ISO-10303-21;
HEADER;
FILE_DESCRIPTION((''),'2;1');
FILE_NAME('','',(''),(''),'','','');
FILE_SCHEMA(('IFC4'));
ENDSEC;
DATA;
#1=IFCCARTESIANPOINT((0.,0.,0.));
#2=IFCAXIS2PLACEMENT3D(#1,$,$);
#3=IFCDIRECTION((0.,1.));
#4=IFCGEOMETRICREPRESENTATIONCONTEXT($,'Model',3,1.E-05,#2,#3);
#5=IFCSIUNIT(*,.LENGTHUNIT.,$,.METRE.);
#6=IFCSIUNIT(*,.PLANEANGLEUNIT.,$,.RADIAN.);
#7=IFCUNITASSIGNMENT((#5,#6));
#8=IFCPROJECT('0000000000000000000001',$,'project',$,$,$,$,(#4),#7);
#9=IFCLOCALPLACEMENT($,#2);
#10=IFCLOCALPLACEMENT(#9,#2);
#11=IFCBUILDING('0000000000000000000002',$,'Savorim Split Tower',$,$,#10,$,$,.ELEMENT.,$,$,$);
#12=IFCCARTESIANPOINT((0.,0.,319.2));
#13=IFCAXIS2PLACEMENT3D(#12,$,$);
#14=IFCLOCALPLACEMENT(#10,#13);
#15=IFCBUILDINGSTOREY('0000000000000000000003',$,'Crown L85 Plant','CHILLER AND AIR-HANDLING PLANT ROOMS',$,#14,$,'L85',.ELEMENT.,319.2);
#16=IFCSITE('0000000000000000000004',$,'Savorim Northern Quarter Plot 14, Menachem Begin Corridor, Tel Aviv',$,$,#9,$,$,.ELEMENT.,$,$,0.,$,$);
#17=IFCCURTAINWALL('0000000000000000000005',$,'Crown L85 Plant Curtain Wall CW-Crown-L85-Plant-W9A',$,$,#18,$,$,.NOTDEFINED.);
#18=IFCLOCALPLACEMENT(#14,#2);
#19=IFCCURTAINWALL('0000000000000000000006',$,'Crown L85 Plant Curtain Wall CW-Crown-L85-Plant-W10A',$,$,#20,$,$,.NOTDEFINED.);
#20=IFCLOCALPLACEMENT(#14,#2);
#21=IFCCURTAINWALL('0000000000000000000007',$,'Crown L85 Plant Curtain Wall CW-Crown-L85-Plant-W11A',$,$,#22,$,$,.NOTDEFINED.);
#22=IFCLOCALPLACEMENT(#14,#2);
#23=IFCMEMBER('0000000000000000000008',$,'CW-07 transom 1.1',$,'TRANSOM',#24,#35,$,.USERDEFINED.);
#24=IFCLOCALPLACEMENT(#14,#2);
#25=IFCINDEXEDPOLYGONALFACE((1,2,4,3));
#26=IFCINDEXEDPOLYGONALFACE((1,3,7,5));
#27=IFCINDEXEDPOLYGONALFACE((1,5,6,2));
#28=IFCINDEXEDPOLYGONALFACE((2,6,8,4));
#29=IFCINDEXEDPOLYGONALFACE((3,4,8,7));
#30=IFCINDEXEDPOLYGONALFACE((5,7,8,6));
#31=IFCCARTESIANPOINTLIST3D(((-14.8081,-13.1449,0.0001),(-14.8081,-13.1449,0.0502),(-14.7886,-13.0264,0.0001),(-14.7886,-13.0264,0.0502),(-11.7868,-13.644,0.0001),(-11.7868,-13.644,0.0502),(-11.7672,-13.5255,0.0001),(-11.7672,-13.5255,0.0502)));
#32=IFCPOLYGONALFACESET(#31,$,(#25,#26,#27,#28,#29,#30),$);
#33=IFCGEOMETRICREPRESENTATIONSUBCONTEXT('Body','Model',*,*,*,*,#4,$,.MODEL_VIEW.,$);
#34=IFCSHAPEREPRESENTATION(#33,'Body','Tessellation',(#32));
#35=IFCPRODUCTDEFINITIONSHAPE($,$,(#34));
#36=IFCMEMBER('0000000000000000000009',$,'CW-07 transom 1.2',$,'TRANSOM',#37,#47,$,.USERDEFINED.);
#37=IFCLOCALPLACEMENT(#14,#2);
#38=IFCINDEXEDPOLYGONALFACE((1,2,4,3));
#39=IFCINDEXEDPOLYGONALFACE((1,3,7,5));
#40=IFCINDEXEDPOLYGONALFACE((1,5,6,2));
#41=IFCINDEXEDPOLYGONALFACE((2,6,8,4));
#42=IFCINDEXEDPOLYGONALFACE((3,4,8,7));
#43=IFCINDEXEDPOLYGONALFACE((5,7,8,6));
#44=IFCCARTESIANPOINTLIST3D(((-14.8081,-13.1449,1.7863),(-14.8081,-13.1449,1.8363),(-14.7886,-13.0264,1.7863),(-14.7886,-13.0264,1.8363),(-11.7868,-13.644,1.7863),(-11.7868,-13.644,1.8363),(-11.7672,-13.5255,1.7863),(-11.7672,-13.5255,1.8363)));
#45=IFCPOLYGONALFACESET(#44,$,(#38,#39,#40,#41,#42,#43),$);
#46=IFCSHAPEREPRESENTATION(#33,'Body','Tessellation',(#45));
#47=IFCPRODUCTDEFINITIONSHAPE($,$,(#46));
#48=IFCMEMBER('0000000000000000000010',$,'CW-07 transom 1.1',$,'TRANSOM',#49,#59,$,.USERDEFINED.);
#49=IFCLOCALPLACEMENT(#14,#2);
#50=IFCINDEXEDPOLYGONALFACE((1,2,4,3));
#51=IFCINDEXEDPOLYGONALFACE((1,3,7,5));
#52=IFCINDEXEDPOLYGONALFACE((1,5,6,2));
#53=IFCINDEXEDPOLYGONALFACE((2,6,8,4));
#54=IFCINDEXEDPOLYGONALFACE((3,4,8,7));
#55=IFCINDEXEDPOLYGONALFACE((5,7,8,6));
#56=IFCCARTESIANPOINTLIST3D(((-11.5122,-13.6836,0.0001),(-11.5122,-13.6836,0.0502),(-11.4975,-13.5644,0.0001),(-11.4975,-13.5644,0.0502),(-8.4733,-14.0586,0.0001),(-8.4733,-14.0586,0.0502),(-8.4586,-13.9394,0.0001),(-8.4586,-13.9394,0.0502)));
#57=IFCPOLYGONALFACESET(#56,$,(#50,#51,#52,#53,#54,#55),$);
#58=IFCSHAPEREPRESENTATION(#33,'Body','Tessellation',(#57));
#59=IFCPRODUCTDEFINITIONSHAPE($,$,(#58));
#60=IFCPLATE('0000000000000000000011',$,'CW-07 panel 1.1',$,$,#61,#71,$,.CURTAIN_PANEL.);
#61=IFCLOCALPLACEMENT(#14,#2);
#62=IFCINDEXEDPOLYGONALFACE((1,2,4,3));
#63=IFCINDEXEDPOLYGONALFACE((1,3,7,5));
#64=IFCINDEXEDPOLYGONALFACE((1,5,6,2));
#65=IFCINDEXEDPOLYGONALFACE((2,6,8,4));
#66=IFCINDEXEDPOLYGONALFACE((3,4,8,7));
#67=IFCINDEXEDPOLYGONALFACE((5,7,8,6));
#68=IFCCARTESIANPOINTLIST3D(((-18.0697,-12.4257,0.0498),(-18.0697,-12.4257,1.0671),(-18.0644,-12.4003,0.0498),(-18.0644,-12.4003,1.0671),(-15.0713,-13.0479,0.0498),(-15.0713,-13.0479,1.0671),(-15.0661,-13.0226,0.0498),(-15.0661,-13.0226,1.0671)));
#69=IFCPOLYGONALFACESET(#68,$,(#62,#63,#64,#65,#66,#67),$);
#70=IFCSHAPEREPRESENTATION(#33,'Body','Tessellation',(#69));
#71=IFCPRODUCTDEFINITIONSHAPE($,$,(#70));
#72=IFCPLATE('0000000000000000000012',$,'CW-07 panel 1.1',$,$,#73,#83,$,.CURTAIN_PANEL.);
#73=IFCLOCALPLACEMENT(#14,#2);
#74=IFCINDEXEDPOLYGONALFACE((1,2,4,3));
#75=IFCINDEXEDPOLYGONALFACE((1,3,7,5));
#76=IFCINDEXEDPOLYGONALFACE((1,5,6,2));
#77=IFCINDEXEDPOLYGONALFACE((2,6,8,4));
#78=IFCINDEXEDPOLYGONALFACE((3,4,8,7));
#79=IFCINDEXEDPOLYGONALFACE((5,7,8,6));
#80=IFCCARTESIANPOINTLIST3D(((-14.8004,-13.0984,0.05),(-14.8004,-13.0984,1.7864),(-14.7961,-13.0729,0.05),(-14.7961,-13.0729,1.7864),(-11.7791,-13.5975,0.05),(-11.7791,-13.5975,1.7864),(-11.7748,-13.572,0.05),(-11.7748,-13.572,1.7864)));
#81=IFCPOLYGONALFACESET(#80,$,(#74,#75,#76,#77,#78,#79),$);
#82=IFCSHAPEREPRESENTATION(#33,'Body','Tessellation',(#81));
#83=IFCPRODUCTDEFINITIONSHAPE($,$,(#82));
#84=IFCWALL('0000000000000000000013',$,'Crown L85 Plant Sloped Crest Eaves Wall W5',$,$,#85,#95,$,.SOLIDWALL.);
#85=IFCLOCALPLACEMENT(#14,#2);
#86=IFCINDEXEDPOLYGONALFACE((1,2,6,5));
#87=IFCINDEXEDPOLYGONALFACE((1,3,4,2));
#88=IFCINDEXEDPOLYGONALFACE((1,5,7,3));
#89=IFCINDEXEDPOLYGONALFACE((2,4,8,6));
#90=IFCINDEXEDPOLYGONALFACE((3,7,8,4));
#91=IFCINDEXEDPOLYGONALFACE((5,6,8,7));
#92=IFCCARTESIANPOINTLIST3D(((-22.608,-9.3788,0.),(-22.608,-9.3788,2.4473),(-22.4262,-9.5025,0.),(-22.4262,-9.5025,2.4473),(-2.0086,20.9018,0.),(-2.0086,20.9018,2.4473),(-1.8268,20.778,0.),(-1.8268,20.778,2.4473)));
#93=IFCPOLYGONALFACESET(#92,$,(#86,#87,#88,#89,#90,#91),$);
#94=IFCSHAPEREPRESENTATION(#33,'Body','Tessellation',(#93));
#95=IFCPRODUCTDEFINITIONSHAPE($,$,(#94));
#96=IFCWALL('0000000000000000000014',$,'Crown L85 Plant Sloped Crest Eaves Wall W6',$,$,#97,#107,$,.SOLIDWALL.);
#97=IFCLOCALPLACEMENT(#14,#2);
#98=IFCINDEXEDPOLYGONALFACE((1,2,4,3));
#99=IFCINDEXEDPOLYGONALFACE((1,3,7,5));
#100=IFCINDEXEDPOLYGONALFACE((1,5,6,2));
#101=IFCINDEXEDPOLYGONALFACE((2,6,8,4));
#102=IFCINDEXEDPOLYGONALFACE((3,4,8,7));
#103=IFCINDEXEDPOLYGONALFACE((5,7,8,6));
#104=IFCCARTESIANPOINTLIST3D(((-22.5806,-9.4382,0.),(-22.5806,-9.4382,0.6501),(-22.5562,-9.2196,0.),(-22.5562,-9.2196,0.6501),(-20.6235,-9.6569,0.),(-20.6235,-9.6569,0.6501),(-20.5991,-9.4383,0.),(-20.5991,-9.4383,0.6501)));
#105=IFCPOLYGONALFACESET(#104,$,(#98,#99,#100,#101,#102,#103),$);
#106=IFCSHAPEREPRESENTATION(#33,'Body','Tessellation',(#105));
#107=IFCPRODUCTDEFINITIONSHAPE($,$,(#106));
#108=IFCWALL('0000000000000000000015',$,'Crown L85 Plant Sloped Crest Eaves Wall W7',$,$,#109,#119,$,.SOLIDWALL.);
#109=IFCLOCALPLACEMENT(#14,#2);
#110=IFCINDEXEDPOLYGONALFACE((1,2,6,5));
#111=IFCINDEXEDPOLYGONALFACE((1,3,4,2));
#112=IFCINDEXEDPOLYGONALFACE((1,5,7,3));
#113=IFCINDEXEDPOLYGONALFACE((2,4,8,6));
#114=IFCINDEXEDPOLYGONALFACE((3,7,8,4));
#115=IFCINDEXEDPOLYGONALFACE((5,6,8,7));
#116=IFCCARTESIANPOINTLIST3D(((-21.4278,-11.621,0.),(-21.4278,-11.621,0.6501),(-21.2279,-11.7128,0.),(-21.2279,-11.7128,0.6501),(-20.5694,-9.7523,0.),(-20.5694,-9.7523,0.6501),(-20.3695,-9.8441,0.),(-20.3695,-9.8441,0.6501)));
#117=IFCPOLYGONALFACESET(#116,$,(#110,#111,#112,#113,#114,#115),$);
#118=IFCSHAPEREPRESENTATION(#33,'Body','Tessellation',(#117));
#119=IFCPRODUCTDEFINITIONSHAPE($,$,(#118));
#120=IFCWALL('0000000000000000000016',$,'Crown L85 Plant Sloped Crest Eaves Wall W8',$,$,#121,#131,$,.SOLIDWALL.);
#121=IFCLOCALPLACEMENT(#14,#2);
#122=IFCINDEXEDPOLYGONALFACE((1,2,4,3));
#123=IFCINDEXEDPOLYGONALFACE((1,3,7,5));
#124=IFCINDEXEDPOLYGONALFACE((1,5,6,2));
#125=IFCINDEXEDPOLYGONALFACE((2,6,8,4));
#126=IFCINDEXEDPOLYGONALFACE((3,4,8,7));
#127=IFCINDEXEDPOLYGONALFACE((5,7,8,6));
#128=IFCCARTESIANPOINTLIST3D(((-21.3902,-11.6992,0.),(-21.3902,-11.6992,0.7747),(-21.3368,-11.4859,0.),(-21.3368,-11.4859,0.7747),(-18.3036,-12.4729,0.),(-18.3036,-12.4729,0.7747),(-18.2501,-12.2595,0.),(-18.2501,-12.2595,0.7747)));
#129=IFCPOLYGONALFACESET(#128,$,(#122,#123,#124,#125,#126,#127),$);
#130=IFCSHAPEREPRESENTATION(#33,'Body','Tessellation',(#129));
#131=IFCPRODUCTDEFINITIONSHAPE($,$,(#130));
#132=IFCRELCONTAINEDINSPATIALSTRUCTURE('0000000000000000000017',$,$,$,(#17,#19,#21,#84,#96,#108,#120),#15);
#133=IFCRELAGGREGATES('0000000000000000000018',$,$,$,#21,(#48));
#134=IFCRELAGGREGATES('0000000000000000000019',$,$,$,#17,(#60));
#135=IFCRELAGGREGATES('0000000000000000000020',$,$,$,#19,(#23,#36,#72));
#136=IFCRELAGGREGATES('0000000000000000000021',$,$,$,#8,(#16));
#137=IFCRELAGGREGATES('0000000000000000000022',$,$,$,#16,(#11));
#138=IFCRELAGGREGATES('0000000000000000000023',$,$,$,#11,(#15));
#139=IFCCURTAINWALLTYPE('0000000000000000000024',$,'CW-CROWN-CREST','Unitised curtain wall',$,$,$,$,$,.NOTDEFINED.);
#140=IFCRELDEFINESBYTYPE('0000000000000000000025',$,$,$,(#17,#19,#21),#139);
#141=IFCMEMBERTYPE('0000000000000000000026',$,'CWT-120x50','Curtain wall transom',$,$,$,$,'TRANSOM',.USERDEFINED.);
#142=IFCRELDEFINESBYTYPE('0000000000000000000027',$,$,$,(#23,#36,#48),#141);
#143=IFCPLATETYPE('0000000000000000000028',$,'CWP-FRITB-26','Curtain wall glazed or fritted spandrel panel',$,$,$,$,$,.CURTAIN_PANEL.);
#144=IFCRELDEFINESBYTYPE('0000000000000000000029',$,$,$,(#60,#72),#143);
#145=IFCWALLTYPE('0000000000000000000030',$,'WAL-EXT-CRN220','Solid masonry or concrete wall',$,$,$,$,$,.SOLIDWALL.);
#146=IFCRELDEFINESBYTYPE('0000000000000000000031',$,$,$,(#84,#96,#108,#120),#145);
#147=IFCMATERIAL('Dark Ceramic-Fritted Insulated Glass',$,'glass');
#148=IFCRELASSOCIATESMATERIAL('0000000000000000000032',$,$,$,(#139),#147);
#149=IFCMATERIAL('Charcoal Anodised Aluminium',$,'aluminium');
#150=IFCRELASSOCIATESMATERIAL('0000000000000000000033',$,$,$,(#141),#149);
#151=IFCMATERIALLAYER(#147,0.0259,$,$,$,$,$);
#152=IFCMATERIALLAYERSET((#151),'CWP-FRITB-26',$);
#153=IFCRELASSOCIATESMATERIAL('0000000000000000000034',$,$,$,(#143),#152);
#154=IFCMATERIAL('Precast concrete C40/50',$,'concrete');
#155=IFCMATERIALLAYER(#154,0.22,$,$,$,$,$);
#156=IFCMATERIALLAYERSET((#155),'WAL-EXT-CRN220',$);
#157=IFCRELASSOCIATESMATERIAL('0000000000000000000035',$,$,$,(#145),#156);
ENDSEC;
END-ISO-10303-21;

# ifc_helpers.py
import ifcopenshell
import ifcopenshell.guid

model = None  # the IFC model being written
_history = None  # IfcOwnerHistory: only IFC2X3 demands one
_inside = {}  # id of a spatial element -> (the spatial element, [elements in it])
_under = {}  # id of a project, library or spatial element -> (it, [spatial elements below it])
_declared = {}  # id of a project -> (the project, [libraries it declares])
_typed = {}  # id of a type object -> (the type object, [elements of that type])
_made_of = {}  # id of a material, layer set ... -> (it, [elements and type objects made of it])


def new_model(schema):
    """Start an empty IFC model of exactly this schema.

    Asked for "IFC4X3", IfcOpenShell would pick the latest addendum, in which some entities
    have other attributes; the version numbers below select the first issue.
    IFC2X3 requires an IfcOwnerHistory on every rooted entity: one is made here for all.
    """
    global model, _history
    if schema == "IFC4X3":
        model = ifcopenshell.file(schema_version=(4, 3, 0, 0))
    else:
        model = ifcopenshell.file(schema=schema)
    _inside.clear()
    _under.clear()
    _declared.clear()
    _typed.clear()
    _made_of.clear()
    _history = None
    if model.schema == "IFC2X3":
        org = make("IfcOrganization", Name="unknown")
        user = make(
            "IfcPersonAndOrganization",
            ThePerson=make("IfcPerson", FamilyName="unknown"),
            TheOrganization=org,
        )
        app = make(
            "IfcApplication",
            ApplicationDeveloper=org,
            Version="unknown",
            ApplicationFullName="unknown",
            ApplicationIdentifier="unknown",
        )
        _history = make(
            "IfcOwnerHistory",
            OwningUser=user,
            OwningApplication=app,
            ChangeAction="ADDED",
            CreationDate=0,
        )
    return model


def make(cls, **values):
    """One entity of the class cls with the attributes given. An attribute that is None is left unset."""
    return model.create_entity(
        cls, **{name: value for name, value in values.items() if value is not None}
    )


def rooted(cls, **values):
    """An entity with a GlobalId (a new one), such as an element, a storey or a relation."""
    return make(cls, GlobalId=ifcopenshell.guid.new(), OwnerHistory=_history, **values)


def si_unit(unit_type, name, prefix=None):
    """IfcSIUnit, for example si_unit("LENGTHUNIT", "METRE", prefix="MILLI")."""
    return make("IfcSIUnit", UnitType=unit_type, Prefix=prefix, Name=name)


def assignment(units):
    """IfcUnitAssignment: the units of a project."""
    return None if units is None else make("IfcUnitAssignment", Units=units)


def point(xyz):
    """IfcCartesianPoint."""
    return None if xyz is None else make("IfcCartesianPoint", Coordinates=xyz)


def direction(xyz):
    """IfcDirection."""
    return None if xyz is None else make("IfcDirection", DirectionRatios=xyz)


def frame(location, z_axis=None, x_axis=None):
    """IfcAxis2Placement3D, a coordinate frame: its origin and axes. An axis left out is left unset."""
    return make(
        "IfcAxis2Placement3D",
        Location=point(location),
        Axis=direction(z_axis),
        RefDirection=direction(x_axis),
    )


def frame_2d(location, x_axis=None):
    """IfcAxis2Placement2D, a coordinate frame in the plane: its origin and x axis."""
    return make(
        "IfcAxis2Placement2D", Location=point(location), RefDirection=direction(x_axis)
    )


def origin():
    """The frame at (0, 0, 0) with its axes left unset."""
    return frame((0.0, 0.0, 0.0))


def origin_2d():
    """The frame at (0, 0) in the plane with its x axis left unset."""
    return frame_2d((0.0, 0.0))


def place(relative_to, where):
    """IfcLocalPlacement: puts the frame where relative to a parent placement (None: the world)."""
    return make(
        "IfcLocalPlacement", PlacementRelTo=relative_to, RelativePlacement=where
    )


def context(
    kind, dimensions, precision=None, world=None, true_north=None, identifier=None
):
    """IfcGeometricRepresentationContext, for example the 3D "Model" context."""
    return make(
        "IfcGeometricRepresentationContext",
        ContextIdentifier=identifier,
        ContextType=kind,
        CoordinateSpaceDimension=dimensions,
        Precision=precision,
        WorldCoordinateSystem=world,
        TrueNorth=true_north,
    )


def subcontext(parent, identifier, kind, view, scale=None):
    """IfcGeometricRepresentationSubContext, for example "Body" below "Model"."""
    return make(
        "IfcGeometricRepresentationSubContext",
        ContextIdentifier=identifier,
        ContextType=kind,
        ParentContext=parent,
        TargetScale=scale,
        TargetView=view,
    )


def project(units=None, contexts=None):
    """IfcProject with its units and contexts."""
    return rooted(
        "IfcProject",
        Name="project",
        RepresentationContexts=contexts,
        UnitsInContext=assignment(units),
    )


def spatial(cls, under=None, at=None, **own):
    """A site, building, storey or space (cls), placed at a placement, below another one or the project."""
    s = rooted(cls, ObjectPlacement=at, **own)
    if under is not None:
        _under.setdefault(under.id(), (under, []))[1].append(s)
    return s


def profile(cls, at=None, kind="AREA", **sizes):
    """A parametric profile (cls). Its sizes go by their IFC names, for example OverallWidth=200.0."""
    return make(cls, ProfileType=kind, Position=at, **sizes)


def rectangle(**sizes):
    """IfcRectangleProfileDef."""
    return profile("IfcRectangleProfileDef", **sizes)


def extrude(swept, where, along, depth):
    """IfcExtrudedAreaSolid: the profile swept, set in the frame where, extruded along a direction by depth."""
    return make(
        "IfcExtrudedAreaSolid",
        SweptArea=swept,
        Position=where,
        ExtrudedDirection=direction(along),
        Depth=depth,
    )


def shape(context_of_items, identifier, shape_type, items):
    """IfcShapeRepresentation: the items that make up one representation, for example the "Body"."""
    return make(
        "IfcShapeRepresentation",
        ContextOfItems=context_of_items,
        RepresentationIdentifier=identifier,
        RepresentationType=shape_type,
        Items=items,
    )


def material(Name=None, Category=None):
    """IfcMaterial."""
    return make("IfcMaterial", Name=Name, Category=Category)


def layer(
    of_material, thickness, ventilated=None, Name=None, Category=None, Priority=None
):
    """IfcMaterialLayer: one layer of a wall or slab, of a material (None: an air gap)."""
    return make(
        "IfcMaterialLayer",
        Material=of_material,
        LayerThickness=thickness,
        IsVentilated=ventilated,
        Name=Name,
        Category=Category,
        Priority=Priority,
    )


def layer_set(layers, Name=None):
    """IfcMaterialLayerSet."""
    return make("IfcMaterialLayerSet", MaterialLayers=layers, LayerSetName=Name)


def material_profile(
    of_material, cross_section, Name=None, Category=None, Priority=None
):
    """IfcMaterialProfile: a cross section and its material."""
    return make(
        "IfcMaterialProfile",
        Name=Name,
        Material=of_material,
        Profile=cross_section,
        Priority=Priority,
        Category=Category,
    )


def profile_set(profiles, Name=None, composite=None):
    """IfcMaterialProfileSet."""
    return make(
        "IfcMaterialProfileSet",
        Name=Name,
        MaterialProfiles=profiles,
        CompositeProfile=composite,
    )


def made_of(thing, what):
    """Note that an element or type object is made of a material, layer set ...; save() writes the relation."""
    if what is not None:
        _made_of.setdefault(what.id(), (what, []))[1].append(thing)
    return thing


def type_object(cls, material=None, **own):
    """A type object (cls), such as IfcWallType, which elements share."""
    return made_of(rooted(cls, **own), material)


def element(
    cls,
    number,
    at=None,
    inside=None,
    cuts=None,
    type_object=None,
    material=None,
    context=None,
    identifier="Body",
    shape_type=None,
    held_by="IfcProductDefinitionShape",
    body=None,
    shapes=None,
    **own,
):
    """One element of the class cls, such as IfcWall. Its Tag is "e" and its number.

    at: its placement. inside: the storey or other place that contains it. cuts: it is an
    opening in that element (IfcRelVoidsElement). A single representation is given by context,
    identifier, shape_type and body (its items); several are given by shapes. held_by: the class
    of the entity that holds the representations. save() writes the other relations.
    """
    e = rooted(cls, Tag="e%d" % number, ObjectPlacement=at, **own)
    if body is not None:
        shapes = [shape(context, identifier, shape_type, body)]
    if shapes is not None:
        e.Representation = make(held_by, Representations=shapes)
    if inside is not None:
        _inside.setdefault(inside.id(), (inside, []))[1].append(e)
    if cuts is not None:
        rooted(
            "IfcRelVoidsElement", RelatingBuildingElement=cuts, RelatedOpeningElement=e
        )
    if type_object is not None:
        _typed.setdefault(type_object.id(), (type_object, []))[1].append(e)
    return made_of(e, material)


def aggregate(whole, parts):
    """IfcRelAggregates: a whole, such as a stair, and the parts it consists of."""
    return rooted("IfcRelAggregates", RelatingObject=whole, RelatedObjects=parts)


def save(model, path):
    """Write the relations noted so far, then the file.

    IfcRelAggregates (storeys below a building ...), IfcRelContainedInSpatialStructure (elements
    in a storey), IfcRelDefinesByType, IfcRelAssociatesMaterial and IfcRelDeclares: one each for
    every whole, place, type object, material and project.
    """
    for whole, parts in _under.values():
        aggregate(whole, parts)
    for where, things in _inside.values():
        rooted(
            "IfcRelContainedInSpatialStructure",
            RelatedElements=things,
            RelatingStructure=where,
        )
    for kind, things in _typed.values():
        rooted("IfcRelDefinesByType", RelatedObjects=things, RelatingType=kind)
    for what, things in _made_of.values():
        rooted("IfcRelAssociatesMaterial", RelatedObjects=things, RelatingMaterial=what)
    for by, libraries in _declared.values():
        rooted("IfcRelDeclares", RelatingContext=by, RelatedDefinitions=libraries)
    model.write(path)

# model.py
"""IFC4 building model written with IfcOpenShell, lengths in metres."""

from ifc_helpers import new_model, si_unit, direction, frame, frame_2d, origin, origin_2d, place, context, subcontext, project, spatial, rectangle, extrude, material, layer, layer_set, material_profile, profile_set, type_object, element, aggregate, save


model = new_model("IFC4")

# Units and contexts
model_context = context("Model", 3, precision=1e-05, world=origin(), true_north=direction((0.0, 1.0)))
body_context = subcontext(model_context, "Body", "Model", "MODEL_VIEW")
ifc_project = project(units=[si_unit("LENGTHUNIT", "METRE"), si_unit("PLANEANGLEUNIT", "RADIAN")], contexts=[model_context])

# Site, building, storey
site_placement = place(None, origin())
site = spatial("IfcSite", under=ifc_project, at=site_placement, Name="Savorim Northern Quarter Plot 14, Menachem Begin Corridor, Tel Aviv", CompositionType="ELEMENT", RefElevation=0.0)
building_placement = place(site_placement, origin())
building = spatial("IfcBuilding", under=site, at=building_placement, Name="Savorim Split Tower", CompositionType="ELEMENT")
storey_placement = place(building_placement, frame((0.0, 0.0, 319.2)))
storey = spatial("IfcBuildingStorey", under=building, at=storey_placement, Name="Crown L85 Plant", Description="CHILLER AND AIR-HANDLING PLANT ROOMS", LongName="L85", CompositionType="ELEMENT", Elevation=319.2)

# Curtain walls
ifc_material_1 = material(Name="Dark Ceramic-Fritted Insulated Glass", Category="glass")
curtain_wall_type = type_object("IfcCurtainWallType", Name="CW-CROWN-CREST", Description="Unitised curtain wall", PredefinedType="NOTDEFINED", material=ifc_material_1)
curtain_wall_1_placement = place(storey_placement, origin())
curtain_wall_1 = element("IfcCurtainWall", 1, at=curtain_wall_1_placement, inside=storey, type_object=curtain_wall_type, Name="Crown L85 Plant Curtain Wall CW-Crown-L85-Plant-W9A", PredefinedType="NOTDEFINED")
ifc_material_2 = material(Name="Charcoal Anodised Aluminium", Category="aluminium")
curtain_wall_2_placement = place(storey_placement, origin())
curtain_wall_2 = element("IfcCurtainWall", 2, at=curtain_wall_2_placement, inside=storey, type_object=curtain_wall_type, Name="Crown L85 Plant Curtain Wall CW-Crown-L85-Plant-W10A", PredefinedType="NOTDEFINED")

# Curtain wall
curtain_wall_3_placement = place(storey_placement, origin())
curtain_wall_3 = element("IfcCurtainWall", 3, at=curtain_wall_3_placement, inside=storey, type_object=curtain_wall_type, Name="Crown L85 Plant Curtain Wall CW-Crown-L85-Plant-W11A", PredefinedType="NOTDEFINED")

# Members
ifc_material_profile_1 = material_profile(ifc_material_2, rectangle(XDim=0.1201, YDim=0.05, at=origin_2d()), Name="ALU-T 120x50")
ifc_profile_set_1 = profile_set([ifc_material_profile_1], Name="Charcoal Anodised Aluminium")
member_type_1 = type_object("IfcMemberType", Name="CWT-120x50", Description="Curtain wall transom", ElementType="TRANSOM", PredefinedType="USERDEFINED", material=ifc_profile_set_1)
member_1_placement = place(storey_placement, frame((-14.7983, -13.0857, 0.0251), z_axis=(0.986632, -0.162964, 0.0), x_axis=(0.162964, 0.986632, 0.0)))
member_1 = element("IfcMember", 4, at=member_1_placement, type_object=member_type_1, Name="CW-07 transom 1.1", ObjectType="TRANSOM", PredefinedType="USERDEFINED", context=body_context, shape_type="SweptSolid", body=[
    extrude(rectangle(XDim=0.1201, YDim=0.05, at=origin_2d()), origin(), (0.0, 0.0, 1.0), 3.0623),
])
member_2_placement = place(storey_placement, frame((-14.7983, -13.0857, 1.8113), z_axis=(0.986632, -0.162964, 0.0), x_axis=(0.162964, 0.986632, 0.0)))
member_2 = element("IfcMember", 5, at=member_2_placement, type_object=member_type_1, Name="CW-07 transom 1.2", ObjectType="TRANSOM", PredefinedType="USERDEFINED", context=body_context, shape_type="SweptSolid", body=[
    extrude(rectangle(XDim=0.1201, YDim=0.05, at=origin_2d()), origin(), (0.0, 0.0, 1.0), 3.0623),
])
member_3_placement = place(storey_placement, frame((-11.5049, -13.624, 0.0251), z_axis=(0.992473, -0.122465, 0.0), x_axis=(0.122465, 0.992473, 0.0)))
member_3 = element("IfcMember", 6, at=member_3_placement, type_object=member_type_1, Name="CW-07 transom 1.1", ObjectType="TRANSOM", PredefinedType="USERDEFINED", context=body_context, shape_type="SweptSolid", body=[
    extrude(rectangle(XDim=0.1201, YDim=0.05, at=origin_2d()), origin(), (0.0, 0.0, 1.0), 3.062),
])
aggregate(curtain_wall_3, [member_3])

# Plates
ifc_layer_1 = layer(ifc_material_1, 0.0259)
ifc_layer_set_1 = layer_set([ifc_layer_1], Name="CWP-FRITB-26")
plate_type = type_object("IfcPlateType", Name="CWP-FRITB-26", Description="Curtain wall glazed or fritted spandrel panel", PredefinedType="CURTAIN_PANEL", material=ifc_layer_set_1)
plate_1_placement = place(storey_placement, frame((-16.5679, -12.7241, 0.0498), z_axis=(0.0, 0.0, 1.0), x_axis=(0.97914, -0.203187, 0.0)))
plate_1 = element("IfcPlate", 7, at=plate_1_placement, type_object=plate_type, Name="CW-07 panel 1.1", PredefinedType="CURTAIN_PANEL", context=body_context, shape_type="SweptSolid", body=[
    extrude(rectangle(XDim=3.0623, YDim=0.0259, at=origin_2d()), origin(), (0.0, 0.0, 1.0), 1.0173),
])
aggregate(curtain_wall_1, [plate_1])
plate_2_placement = place(storey_placement, frame((-13.2876, -13.3352, 0.05), z_axis=(0.0, 0.0, 1.0), x_axis=(0.986626, -0.163003, 0.0)))
plate_2 = element("IfcPlate", 8, at=plate_2_placement, type_object=plate_type, Name="CW-07 panel 1.1", PredefinedType="CURTAIN_PANEL", context=body_context, shape_type="SweptSolid", body=[
    extrude(rectangle(XDim=3.0623, YDim=0.0259, at=origin_2d()), origin(), (0.0, 0.0, 1.0), 1.7363),
])
aggregate(curtain_wall_2, [member_1, member_2, plate_2])

# Walls
ifc_material_3 = material(Name="Precast concrete C40/50", Category="concrete")
ifc_layer_2 = layer(ifc_material_3, 0.22)
ifc_layer_set_2 = layer_set([ifc_layer_2], Name="WAL-EXT-CRN220")
wall_type = type_object("IfcWallType", Name="WAL-EXT-CRN220", Description="Solid masonry or concrete wall", PredefinedType="SOLIDWALL", material=ifc_layer_set_2)
wall_1_placement = place(storey_placement, frame((-22.5171, -9.4407, 0.0), z_axis=(0.0, 0.0, 1.0), x_axis=(0.562471, 0.826817, 0.0)))
element("IfcWall", 9, at=wall_1_placement, inside=storey, type_object=wall_type, Name="Crown L85 Plant Sloped Crest Eaves Wall W5", PredefinedType="SOLIDWALL", context=body_context, shape_type="SweptSolid", body=[
    extrude(rectangle(XDim=36.623, YDim=0.22, at=frame_2d((18.3115, 0.0))), origin(), (0.0, 0.0, 1.0), 2.4473),
])
wall_2_placement = place(storey_placement, frame((-20.6113, -9.5476, 0.0), z_axis=(0.0, 0.0, 1.0), x_axis=(-0.993811, 0.111085, 0.0)))
element("IfcWall", 10, at=wall_2_placement, inside=storey, type_object=wall_type, Name="Crown L85 Plant Sloped Crest Eaves Wall W6", PredefinedType="SOLIDWALL", context=body_context, shape_type="SweptSolid", body=[
    extrude(rectangle(XDim=1.9692, YDim=0.22, at=frame_2d((0.9846, 0.0))), origin(), (0.0, 0.0, 1.0), 0.6501),
])
wall_3_placement = place(storey_placement, frame((-21.3279, -11.667, 0.0), z_axis=(0.0, 0.0, 1.0), x_axis=(0.417431, 0.908708, 0.0)))
element("IfcWall", 11, at=wall_3_placement, inside=storey, type_object=wall_type, Name="Crown L85 Plant Sloped Crest Eaves Wall W7", PredefinedType="SOLIDWALL", context=body_context, shape_type="SweptSolid", body=[
    extrude(rectangle(XDim=2.0564, YDim=0.22, at=frame_2d((1.0283, 0.0))), origin(), (0.0, 0.0, 1.0), 0.6501),
])
wall_4_placement = place(storey_placement, frame((-18.2769, -12.3662, 0.0), z_axis=(0.0, 0.0, 1.0), x_axis=(-0.969993, 0.243131, 0.0)))
element("IfcWall", 12, at=wall_4_placement, inside=storey, type_object=wall_type, Name="Crown L85 Plant Sloped Crest Eaves Wall W8", PredefinedType="SOLIDWALL", context=body_context, shape_type="SweptSolid", body=[
    extrude(rectangle(XDim=3.1821, YDim=0.22, at=frame_2d((1.5911, 0.0))), origin(), (0.0, 0.0, 1.0), 0.7747),
])

save(model, "model.ifc")
